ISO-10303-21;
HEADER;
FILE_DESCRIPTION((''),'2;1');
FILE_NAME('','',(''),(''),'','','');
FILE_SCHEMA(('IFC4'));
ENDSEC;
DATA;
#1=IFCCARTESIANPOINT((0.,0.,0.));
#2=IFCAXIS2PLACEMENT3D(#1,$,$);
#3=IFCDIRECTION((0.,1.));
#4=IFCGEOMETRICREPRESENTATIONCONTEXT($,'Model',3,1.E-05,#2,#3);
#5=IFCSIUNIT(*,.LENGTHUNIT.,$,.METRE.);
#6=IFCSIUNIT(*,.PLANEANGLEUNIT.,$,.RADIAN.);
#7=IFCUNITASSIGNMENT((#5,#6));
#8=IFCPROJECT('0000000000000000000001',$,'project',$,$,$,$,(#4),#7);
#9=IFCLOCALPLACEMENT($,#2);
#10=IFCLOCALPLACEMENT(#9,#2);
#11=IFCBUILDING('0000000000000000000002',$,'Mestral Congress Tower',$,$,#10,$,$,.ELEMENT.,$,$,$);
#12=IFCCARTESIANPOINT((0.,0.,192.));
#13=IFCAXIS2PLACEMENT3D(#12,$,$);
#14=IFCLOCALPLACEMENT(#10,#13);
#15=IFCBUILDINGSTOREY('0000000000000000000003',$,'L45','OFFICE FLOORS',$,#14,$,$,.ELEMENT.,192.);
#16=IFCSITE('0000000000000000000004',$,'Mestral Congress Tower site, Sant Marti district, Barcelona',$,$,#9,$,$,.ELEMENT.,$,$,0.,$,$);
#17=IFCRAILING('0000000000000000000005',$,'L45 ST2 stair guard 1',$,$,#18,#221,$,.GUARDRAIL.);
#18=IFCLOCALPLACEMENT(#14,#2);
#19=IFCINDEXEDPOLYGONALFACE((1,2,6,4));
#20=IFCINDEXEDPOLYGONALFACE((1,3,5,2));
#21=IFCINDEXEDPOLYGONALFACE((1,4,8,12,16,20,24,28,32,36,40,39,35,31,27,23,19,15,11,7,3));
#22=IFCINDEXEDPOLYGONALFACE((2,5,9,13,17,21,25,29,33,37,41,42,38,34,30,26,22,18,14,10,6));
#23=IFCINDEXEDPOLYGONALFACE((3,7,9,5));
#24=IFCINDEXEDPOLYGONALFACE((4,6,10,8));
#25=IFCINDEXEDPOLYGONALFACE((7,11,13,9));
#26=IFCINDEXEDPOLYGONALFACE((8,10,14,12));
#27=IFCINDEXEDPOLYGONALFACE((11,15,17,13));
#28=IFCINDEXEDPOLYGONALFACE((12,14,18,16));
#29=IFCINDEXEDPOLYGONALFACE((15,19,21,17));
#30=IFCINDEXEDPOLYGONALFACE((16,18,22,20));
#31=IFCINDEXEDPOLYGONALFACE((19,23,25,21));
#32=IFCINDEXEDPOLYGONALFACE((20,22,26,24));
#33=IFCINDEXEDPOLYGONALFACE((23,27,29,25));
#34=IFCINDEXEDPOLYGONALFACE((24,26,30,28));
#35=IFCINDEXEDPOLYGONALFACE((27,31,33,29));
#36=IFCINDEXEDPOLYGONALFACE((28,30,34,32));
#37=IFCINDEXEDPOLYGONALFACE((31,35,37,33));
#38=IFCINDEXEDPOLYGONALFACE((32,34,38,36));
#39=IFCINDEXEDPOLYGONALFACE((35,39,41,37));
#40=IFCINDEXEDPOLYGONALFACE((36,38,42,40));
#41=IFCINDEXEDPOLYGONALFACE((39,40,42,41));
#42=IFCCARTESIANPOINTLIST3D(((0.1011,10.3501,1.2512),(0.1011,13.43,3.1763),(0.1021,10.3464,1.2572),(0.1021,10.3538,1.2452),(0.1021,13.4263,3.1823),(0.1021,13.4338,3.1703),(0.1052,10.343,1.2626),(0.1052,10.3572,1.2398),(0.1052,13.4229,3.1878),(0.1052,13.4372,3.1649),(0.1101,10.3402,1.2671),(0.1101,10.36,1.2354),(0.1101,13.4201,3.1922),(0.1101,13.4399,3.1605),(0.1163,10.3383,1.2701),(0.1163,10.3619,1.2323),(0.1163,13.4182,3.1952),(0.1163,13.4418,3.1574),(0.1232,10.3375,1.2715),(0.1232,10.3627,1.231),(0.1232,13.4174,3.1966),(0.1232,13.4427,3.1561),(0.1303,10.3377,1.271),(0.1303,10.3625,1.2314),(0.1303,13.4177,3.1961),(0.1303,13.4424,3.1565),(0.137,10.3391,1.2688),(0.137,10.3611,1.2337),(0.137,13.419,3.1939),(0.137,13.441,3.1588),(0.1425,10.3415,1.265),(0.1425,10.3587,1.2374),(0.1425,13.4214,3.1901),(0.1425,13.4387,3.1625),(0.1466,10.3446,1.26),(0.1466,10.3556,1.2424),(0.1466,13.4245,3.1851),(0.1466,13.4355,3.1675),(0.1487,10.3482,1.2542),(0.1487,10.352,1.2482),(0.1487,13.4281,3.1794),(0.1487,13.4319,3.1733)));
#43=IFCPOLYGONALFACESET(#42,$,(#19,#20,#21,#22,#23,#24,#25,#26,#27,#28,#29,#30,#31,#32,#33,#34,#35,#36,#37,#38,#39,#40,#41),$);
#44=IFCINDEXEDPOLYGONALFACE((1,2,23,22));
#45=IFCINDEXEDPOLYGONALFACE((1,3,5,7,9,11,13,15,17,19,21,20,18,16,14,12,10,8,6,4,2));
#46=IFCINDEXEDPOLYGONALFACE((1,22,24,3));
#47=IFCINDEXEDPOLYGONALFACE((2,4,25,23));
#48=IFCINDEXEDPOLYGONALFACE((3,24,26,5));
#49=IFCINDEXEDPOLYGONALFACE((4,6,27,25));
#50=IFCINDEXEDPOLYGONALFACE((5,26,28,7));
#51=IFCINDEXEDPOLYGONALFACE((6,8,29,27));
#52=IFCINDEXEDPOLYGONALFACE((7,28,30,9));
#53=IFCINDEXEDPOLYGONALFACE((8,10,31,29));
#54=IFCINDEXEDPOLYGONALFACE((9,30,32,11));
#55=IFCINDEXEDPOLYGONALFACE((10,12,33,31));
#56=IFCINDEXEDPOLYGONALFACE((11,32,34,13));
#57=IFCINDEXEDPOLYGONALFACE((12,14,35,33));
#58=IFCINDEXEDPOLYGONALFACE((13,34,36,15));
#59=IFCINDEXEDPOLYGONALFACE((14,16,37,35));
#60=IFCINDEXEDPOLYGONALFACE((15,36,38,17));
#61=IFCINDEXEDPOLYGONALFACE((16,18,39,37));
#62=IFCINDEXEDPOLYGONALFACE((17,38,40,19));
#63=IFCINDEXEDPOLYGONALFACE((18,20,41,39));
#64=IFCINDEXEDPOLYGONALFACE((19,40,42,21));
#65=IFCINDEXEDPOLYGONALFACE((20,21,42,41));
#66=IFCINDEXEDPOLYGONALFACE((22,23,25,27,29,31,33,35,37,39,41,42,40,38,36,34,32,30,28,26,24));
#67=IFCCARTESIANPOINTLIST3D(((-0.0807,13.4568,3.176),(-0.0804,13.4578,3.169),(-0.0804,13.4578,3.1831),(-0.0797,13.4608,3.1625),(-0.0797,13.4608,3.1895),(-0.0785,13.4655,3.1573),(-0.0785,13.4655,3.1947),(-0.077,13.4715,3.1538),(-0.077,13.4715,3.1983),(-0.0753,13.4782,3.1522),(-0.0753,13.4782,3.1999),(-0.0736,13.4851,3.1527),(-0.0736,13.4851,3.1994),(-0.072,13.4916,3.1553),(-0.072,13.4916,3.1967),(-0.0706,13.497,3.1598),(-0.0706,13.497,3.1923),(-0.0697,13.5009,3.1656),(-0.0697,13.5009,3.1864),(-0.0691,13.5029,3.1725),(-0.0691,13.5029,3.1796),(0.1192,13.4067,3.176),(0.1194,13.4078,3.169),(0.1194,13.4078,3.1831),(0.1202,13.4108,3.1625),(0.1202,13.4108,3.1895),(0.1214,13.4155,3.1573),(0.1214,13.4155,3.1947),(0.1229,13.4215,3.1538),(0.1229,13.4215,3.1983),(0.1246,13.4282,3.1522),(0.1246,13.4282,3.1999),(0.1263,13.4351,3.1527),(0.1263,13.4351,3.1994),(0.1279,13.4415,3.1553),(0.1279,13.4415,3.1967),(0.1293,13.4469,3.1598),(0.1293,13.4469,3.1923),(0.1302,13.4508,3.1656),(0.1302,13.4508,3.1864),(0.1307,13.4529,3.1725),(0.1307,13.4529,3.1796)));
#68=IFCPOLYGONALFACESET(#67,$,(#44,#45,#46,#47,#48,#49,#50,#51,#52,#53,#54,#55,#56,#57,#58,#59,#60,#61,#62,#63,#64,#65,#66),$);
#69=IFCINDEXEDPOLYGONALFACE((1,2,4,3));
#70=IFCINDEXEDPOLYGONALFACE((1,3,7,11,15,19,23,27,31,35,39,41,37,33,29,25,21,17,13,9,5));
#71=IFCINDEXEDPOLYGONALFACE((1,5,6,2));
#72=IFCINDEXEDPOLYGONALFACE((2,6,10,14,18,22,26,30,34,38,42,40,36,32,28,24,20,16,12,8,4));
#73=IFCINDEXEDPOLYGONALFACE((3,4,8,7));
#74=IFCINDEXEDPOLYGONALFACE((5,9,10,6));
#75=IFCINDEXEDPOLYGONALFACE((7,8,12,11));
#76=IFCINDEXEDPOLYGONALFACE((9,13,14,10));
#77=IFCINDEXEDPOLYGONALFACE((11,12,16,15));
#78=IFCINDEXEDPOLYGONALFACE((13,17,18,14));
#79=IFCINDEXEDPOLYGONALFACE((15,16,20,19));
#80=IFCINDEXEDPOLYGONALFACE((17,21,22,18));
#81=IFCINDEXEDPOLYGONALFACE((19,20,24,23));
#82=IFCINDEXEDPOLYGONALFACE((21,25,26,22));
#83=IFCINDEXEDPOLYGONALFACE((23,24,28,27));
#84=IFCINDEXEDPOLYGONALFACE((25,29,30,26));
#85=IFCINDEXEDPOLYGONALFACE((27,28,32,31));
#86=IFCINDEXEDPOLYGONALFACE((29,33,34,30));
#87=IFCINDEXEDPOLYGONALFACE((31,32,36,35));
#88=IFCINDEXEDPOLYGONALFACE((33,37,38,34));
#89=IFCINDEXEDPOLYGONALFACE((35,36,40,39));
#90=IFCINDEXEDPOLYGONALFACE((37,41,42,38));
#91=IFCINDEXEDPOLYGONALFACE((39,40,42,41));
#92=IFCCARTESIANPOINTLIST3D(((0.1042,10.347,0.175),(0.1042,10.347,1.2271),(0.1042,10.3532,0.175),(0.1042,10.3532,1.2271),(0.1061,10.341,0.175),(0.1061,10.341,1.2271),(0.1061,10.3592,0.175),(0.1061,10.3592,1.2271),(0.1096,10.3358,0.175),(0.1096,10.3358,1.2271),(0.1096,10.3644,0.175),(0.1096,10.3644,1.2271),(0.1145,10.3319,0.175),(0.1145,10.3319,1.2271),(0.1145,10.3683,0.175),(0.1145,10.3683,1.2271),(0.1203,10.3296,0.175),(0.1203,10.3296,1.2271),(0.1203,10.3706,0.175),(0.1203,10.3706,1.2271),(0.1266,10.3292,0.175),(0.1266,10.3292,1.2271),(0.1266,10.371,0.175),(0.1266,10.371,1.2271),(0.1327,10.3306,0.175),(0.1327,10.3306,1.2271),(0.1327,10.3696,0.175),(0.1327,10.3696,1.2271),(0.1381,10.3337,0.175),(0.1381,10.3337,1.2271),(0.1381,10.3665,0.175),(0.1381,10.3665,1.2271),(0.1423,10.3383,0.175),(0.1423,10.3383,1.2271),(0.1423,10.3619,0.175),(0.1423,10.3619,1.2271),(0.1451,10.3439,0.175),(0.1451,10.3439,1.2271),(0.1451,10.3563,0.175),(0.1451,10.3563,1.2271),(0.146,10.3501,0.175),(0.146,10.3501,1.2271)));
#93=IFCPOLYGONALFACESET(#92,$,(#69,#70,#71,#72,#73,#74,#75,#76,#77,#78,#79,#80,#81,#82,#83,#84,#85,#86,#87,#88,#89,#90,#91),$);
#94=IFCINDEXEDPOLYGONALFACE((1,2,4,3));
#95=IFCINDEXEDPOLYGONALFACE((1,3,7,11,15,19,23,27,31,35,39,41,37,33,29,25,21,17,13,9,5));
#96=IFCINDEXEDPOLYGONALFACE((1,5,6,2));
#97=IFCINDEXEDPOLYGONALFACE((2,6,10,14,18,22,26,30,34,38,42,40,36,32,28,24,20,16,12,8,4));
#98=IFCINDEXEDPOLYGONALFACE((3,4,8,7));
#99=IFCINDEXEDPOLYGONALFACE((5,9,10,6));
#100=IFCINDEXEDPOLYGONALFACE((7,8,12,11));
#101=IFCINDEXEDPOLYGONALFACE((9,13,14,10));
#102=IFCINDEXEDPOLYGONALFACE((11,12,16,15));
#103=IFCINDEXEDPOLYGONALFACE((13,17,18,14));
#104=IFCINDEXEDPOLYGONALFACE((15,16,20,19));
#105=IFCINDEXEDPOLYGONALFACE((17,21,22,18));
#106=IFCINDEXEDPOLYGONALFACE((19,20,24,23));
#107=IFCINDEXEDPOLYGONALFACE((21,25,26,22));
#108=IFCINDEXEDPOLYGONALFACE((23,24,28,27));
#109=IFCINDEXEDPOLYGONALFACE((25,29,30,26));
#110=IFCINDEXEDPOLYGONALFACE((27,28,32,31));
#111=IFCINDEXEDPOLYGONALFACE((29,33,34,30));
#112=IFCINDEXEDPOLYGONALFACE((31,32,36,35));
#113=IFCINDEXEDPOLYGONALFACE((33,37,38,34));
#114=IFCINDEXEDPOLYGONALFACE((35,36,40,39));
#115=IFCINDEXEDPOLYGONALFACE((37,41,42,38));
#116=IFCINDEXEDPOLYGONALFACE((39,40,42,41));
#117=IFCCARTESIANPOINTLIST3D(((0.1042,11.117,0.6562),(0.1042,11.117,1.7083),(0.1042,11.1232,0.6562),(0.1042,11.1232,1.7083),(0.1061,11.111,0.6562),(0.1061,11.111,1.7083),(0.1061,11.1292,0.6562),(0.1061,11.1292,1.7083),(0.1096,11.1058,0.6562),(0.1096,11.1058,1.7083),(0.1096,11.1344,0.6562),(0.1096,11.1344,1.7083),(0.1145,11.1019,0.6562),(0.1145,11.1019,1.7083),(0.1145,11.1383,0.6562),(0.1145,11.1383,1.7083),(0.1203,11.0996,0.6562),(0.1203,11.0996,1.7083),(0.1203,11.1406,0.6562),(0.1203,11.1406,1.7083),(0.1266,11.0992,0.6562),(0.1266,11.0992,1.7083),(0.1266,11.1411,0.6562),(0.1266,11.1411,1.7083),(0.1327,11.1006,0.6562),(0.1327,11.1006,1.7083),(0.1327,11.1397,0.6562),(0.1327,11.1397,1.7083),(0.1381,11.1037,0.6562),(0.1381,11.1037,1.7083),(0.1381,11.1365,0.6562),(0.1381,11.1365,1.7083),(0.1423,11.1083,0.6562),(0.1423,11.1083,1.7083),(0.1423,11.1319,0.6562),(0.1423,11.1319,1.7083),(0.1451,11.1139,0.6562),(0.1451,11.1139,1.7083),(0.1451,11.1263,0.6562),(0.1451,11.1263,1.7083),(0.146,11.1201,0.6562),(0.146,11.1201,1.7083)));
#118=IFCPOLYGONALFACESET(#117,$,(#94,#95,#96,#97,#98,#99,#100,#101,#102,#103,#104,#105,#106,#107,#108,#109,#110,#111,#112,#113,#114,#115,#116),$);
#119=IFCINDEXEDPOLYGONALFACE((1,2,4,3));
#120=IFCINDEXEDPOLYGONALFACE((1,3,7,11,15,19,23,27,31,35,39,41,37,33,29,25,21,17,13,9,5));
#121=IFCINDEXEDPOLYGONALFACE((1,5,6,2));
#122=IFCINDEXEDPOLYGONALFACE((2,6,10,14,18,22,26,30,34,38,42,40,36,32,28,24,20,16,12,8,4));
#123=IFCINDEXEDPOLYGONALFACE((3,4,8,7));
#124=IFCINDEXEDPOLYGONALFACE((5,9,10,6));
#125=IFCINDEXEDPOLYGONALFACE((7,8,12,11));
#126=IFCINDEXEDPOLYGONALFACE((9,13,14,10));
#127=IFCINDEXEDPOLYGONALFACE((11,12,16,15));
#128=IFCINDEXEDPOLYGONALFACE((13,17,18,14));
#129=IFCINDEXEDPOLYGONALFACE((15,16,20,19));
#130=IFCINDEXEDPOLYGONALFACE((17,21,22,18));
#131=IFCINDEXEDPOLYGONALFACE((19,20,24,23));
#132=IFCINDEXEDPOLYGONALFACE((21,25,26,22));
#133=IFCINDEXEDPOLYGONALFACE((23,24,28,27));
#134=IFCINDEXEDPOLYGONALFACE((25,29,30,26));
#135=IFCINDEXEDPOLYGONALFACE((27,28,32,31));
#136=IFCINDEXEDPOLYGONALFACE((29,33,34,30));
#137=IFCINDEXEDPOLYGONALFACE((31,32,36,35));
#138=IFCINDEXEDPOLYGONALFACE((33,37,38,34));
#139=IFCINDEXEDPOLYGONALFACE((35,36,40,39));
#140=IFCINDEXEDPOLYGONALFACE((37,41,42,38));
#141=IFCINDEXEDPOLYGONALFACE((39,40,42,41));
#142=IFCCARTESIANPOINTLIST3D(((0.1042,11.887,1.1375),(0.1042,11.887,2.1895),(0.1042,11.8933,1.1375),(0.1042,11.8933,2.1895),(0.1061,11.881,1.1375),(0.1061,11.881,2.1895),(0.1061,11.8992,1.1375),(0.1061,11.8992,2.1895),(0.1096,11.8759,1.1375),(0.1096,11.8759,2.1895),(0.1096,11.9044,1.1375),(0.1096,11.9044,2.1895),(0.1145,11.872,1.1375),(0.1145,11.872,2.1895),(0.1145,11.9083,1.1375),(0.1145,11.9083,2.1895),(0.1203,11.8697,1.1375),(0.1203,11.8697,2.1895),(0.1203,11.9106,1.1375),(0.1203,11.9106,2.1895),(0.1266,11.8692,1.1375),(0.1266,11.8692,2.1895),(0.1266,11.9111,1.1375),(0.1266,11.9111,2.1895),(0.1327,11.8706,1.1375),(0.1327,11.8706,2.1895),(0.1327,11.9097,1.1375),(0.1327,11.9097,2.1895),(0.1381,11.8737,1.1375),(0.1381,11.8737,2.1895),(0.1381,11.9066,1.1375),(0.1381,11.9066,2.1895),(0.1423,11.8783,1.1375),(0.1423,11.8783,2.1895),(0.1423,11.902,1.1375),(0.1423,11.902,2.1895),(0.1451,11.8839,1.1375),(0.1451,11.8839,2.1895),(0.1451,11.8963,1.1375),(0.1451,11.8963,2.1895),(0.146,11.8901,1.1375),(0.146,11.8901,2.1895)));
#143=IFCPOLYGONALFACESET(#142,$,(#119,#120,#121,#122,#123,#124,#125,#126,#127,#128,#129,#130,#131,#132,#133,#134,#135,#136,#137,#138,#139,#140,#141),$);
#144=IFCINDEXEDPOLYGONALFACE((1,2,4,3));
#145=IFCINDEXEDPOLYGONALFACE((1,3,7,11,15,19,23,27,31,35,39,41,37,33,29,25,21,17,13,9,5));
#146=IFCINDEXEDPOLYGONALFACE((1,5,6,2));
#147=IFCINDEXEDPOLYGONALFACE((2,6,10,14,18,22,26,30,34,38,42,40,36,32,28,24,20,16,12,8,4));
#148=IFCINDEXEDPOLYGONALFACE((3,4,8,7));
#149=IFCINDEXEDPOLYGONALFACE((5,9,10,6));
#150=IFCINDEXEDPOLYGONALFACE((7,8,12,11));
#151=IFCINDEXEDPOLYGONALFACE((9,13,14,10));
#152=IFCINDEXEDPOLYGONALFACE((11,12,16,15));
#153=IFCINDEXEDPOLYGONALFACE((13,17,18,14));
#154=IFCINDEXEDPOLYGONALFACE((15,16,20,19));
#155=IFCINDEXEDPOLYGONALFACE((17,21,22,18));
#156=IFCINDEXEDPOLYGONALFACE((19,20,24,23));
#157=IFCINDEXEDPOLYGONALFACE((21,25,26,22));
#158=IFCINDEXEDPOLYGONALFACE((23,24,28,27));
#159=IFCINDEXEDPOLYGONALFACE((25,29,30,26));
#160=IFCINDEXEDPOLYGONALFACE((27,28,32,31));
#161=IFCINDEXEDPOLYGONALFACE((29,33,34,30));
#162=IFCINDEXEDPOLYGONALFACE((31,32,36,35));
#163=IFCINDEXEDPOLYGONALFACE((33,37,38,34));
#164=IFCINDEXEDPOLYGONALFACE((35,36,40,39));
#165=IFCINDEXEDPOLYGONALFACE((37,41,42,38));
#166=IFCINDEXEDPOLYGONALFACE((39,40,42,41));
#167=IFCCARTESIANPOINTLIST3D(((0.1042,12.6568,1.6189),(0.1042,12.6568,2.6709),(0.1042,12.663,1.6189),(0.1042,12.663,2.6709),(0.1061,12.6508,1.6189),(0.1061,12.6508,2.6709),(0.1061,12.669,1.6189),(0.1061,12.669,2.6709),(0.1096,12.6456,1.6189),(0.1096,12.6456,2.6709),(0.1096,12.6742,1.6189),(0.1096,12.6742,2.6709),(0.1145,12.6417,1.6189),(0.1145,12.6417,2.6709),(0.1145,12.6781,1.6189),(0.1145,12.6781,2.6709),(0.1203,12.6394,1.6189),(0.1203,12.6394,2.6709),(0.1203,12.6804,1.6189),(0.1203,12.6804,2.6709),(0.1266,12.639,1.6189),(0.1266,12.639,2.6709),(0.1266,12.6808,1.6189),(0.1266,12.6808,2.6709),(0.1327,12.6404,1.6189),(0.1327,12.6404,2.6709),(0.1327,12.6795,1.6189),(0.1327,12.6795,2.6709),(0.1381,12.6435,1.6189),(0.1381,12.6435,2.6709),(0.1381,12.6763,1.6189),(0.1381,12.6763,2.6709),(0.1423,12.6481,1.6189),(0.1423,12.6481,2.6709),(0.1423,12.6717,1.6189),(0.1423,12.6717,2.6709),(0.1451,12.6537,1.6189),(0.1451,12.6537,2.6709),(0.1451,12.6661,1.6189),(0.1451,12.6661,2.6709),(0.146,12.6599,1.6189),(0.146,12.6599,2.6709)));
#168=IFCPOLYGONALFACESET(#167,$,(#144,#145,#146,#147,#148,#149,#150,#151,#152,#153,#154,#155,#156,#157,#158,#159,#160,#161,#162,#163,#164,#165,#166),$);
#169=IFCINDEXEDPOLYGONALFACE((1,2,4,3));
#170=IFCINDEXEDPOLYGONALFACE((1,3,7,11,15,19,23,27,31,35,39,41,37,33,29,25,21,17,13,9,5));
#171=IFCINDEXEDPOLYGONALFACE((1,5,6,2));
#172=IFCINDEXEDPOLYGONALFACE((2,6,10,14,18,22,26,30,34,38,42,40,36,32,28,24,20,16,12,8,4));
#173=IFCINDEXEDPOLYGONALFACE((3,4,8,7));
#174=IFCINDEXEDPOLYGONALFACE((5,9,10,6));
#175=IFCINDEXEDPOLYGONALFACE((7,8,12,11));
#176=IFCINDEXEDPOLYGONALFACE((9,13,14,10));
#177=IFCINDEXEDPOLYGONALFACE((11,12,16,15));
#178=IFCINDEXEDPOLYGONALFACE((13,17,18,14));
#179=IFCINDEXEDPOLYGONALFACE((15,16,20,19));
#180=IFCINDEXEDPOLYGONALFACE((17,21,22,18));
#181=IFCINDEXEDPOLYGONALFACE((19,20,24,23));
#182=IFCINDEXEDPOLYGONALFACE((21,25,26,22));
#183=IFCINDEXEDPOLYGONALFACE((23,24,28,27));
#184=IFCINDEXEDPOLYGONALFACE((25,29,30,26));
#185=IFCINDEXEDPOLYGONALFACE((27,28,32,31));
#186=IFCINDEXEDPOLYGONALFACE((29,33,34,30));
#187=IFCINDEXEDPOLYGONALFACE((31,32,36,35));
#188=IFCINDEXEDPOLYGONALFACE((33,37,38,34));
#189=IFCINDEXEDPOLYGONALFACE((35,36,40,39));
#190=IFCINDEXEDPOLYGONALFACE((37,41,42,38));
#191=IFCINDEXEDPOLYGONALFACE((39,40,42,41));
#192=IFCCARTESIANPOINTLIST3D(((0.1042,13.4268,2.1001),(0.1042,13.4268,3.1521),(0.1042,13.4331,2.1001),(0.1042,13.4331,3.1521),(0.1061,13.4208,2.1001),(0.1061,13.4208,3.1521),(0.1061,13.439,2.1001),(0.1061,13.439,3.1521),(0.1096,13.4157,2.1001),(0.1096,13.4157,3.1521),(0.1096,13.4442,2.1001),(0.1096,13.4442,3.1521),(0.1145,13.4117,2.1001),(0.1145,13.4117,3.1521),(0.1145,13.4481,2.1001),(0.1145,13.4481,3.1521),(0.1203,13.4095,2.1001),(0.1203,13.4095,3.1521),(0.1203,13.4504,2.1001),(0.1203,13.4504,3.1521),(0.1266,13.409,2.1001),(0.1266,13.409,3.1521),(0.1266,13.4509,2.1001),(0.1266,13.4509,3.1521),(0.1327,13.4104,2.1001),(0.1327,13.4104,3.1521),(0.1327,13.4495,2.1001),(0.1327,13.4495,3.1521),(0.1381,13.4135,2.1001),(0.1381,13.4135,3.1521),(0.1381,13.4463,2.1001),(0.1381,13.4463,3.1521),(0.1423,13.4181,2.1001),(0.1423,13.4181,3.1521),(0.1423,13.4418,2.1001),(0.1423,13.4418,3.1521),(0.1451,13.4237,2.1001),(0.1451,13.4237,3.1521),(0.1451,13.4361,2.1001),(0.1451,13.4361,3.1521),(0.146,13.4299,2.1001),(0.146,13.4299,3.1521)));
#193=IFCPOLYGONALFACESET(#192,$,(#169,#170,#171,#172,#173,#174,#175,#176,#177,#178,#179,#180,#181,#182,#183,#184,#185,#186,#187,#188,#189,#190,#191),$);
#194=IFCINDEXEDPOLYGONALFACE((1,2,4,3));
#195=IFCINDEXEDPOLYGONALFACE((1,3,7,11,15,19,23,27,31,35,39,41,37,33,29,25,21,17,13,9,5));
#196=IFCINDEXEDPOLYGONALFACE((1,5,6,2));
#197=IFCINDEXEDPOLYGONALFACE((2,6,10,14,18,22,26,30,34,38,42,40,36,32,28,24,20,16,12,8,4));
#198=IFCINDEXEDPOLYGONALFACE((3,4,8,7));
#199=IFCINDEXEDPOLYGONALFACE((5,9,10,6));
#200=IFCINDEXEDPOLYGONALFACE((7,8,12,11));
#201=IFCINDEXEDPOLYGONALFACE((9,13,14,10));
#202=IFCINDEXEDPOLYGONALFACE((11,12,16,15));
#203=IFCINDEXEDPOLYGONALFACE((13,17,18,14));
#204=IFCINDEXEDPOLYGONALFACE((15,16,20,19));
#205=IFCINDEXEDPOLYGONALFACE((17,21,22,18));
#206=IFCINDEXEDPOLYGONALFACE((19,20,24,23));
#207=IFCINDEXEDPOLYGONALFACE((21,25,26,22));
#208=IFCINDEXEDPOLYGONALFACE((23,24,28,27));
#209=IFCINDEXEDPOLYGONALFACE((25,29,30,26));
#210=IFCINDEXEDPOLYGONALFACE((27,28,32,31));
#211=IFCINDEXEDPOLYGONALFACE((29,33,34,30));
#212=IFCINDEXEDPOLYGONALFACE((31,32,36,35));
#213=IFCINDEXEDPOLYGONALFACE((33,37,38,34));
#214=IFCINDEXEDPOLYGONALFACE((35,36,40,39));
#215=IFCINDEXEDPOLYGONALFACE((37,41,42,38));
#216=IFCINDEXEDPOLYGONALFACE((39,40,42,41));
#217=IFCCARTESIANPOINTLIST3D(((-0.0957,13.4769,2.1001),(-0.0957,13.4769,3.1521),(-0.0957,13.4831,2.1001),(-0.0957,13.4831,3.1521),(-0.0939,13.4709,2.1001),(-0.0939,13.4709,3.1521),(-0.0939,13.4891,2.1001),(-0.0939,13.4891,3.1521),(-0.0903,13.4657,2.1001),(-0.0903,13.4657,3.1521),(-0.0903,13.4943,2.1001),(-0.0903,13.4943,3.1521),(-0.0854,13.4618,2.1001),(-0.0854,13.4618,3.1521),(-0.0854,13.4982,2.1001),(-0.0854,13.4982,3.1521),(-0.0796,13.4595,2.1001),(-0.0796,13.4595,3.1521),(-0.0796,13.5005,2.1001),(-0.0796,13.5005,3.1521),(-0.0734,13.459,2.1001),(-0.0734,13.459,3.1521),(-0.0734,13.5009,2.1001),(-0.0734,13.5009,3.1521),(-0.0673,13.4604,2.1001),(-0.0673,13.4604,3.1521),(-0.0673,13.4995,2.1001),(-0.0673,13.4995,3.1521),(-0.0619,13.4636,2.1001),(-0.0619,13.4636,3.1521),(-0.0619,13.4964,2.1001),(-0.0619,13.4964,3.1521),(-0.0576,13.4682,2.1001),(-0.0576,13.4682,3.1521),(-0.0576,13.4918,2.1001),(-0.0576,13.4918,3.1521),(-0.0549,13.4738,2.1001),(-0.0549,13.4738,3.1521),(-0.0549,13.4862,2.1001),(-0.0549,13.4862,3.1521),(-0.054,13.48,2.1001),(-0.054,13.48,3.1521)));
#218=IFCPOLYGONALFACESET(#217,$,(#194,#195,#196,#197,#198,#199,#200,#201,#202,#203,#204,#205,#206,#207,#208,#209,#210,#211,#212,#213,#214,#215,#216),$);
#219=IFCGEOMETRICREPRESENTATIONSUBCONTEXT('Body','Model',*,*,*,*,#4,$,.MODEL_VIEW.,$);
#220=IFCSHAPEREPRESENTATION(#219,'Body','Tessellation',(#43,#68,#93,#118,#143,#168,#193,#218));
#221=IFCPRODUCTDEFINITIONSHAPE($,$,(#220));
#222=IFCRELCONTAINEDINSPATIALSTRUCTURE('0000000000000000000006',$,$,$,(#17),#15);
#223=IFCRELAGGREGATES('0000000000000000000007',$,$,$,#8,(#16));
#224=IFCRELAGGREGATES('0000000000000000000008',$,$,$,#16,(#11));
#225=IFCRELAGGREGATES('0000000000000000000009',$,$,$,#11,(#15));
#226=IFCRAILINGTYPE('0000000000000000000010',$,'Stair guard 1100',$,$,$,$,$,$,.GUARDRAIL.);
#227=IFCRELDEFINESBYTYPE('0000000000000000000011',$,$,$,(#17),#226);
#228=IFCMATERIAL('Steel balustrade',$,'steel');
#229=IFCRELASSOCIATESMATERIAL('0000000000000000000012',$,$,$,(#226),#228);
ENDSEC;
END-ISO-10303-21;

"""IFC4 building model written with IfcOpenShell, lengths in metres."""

from ifc_helpers import new_model, si_unit, direction, frame, origin, origin_2d, place, context, subcontext, project, spatial, circle, extrude, material, type_object, element, save


model = new_model("IFC4")

# Units and contexts
model_context = context("Model", 3, precision=1e-05, world=origin(), true_north=direction((0.0, 1.0)))
body_context = subcontext(model_context, "Body", "Model", "MODEL_VIEW")
ifc_project = project(units=[si_unit("LENGTHUNIT", "METRE"), si_unit("PLANEANGLEUNIT", "RADIAN")], contexts=[model_context])

# Site, building, storey
site_placement = place(None, origin())
site = spatial("IfcSite", under=ifc_project, at=site_placement, Name="Mestral Congress Tower site, Sant Marti district, Barcelona", CompositionType="ELEMENT", RefElevation=0.0)
building_placement = place(site_placement, origin())
building = spatial("IfcBuilding", under=site, at=building_placement, Name="Mestral Congress Tower", CompositionType="ELEMENT")
storey_placement = place(building_placement, frame((0.0, 0.0, 192.0)))
storey = spatial("IfcBuildingStorey", under=building, at=storey_placement, Name="L45", Description="OFFICE FLOORS", CompositionType="ELEMENT", Elevation=192.0)

# Railing
ifc_material_1 = material(Name="Steel balustrade", Category="steel")
railing_type_1 = type_object("IfcRailingType", Name="Stair guard 1100", PredefinedType="GUARDRAIL", material=ifc_material_1)
railing_1_placement = place(storey_placement, frame((0.125, 10.3501, 0.175)))
element("IfcRailing", 1, at=railing_1_placement, inside=storey, type_object=railing_type_1, Name="L45 ST2 stair guard 1", PredefinedType="GUARDRAIL", context=body_context, shape_type="SweptSolid", body=[
    extrude(circle(Radius=0.0239, at=origin_2d()), frame((0.0, 0.0, 1.0762), z_axis=(0.0, 0.847979, 0.530029), x_axis=(-1.0, 0.0, 0.0)), (0.0, 0.0, 1.0), 3.6321),
    extrude(circle(Radius=0.0239, at=origin_2d()), frame((0.0, 3.0798, 3.001), z_axis=(-0.970073, 0.242814, 0.0), x_axis=(-0.242814, -0.970073, 0.0)), (0.0, 0.0, 1.0), 0.2061),
    extrude(circle(Radius=0.021, at=origin_2d()), origin(), (0.0, 0.0, 1.0), 1.052),
    extrude(circle(Radius=0.021, at=origin_2d()), frame((0.0, 0.77, 0.4812)), (0.0, 0.0, 1.0), 1.052),
    extrude(circle(Radius=0.021, at=origin_2d()), frame((0.0, 1.54, 0.9624)), (0.0, 0.0, 1.0), 1.052),
    extrude(circle(Radius=0.021, at=origin_2d()), frame((0.0, 2.3098, 1.4438)), (0.0, 0.0, 1.0), 1.052),
    extrude(circle(Radius=0.021, at=origin_2d()), frame((0.0, 3.0798, 1.925)), (0.0, 0.0, 1.0), 1.052),
    extrude(circle(Radius=0.021, at=origin_2d()), frame((-0.2, 3.1299, 1.925)), (0.0, 0.0, 1.0), 1.052),
])

save(model, "model.ifc")
